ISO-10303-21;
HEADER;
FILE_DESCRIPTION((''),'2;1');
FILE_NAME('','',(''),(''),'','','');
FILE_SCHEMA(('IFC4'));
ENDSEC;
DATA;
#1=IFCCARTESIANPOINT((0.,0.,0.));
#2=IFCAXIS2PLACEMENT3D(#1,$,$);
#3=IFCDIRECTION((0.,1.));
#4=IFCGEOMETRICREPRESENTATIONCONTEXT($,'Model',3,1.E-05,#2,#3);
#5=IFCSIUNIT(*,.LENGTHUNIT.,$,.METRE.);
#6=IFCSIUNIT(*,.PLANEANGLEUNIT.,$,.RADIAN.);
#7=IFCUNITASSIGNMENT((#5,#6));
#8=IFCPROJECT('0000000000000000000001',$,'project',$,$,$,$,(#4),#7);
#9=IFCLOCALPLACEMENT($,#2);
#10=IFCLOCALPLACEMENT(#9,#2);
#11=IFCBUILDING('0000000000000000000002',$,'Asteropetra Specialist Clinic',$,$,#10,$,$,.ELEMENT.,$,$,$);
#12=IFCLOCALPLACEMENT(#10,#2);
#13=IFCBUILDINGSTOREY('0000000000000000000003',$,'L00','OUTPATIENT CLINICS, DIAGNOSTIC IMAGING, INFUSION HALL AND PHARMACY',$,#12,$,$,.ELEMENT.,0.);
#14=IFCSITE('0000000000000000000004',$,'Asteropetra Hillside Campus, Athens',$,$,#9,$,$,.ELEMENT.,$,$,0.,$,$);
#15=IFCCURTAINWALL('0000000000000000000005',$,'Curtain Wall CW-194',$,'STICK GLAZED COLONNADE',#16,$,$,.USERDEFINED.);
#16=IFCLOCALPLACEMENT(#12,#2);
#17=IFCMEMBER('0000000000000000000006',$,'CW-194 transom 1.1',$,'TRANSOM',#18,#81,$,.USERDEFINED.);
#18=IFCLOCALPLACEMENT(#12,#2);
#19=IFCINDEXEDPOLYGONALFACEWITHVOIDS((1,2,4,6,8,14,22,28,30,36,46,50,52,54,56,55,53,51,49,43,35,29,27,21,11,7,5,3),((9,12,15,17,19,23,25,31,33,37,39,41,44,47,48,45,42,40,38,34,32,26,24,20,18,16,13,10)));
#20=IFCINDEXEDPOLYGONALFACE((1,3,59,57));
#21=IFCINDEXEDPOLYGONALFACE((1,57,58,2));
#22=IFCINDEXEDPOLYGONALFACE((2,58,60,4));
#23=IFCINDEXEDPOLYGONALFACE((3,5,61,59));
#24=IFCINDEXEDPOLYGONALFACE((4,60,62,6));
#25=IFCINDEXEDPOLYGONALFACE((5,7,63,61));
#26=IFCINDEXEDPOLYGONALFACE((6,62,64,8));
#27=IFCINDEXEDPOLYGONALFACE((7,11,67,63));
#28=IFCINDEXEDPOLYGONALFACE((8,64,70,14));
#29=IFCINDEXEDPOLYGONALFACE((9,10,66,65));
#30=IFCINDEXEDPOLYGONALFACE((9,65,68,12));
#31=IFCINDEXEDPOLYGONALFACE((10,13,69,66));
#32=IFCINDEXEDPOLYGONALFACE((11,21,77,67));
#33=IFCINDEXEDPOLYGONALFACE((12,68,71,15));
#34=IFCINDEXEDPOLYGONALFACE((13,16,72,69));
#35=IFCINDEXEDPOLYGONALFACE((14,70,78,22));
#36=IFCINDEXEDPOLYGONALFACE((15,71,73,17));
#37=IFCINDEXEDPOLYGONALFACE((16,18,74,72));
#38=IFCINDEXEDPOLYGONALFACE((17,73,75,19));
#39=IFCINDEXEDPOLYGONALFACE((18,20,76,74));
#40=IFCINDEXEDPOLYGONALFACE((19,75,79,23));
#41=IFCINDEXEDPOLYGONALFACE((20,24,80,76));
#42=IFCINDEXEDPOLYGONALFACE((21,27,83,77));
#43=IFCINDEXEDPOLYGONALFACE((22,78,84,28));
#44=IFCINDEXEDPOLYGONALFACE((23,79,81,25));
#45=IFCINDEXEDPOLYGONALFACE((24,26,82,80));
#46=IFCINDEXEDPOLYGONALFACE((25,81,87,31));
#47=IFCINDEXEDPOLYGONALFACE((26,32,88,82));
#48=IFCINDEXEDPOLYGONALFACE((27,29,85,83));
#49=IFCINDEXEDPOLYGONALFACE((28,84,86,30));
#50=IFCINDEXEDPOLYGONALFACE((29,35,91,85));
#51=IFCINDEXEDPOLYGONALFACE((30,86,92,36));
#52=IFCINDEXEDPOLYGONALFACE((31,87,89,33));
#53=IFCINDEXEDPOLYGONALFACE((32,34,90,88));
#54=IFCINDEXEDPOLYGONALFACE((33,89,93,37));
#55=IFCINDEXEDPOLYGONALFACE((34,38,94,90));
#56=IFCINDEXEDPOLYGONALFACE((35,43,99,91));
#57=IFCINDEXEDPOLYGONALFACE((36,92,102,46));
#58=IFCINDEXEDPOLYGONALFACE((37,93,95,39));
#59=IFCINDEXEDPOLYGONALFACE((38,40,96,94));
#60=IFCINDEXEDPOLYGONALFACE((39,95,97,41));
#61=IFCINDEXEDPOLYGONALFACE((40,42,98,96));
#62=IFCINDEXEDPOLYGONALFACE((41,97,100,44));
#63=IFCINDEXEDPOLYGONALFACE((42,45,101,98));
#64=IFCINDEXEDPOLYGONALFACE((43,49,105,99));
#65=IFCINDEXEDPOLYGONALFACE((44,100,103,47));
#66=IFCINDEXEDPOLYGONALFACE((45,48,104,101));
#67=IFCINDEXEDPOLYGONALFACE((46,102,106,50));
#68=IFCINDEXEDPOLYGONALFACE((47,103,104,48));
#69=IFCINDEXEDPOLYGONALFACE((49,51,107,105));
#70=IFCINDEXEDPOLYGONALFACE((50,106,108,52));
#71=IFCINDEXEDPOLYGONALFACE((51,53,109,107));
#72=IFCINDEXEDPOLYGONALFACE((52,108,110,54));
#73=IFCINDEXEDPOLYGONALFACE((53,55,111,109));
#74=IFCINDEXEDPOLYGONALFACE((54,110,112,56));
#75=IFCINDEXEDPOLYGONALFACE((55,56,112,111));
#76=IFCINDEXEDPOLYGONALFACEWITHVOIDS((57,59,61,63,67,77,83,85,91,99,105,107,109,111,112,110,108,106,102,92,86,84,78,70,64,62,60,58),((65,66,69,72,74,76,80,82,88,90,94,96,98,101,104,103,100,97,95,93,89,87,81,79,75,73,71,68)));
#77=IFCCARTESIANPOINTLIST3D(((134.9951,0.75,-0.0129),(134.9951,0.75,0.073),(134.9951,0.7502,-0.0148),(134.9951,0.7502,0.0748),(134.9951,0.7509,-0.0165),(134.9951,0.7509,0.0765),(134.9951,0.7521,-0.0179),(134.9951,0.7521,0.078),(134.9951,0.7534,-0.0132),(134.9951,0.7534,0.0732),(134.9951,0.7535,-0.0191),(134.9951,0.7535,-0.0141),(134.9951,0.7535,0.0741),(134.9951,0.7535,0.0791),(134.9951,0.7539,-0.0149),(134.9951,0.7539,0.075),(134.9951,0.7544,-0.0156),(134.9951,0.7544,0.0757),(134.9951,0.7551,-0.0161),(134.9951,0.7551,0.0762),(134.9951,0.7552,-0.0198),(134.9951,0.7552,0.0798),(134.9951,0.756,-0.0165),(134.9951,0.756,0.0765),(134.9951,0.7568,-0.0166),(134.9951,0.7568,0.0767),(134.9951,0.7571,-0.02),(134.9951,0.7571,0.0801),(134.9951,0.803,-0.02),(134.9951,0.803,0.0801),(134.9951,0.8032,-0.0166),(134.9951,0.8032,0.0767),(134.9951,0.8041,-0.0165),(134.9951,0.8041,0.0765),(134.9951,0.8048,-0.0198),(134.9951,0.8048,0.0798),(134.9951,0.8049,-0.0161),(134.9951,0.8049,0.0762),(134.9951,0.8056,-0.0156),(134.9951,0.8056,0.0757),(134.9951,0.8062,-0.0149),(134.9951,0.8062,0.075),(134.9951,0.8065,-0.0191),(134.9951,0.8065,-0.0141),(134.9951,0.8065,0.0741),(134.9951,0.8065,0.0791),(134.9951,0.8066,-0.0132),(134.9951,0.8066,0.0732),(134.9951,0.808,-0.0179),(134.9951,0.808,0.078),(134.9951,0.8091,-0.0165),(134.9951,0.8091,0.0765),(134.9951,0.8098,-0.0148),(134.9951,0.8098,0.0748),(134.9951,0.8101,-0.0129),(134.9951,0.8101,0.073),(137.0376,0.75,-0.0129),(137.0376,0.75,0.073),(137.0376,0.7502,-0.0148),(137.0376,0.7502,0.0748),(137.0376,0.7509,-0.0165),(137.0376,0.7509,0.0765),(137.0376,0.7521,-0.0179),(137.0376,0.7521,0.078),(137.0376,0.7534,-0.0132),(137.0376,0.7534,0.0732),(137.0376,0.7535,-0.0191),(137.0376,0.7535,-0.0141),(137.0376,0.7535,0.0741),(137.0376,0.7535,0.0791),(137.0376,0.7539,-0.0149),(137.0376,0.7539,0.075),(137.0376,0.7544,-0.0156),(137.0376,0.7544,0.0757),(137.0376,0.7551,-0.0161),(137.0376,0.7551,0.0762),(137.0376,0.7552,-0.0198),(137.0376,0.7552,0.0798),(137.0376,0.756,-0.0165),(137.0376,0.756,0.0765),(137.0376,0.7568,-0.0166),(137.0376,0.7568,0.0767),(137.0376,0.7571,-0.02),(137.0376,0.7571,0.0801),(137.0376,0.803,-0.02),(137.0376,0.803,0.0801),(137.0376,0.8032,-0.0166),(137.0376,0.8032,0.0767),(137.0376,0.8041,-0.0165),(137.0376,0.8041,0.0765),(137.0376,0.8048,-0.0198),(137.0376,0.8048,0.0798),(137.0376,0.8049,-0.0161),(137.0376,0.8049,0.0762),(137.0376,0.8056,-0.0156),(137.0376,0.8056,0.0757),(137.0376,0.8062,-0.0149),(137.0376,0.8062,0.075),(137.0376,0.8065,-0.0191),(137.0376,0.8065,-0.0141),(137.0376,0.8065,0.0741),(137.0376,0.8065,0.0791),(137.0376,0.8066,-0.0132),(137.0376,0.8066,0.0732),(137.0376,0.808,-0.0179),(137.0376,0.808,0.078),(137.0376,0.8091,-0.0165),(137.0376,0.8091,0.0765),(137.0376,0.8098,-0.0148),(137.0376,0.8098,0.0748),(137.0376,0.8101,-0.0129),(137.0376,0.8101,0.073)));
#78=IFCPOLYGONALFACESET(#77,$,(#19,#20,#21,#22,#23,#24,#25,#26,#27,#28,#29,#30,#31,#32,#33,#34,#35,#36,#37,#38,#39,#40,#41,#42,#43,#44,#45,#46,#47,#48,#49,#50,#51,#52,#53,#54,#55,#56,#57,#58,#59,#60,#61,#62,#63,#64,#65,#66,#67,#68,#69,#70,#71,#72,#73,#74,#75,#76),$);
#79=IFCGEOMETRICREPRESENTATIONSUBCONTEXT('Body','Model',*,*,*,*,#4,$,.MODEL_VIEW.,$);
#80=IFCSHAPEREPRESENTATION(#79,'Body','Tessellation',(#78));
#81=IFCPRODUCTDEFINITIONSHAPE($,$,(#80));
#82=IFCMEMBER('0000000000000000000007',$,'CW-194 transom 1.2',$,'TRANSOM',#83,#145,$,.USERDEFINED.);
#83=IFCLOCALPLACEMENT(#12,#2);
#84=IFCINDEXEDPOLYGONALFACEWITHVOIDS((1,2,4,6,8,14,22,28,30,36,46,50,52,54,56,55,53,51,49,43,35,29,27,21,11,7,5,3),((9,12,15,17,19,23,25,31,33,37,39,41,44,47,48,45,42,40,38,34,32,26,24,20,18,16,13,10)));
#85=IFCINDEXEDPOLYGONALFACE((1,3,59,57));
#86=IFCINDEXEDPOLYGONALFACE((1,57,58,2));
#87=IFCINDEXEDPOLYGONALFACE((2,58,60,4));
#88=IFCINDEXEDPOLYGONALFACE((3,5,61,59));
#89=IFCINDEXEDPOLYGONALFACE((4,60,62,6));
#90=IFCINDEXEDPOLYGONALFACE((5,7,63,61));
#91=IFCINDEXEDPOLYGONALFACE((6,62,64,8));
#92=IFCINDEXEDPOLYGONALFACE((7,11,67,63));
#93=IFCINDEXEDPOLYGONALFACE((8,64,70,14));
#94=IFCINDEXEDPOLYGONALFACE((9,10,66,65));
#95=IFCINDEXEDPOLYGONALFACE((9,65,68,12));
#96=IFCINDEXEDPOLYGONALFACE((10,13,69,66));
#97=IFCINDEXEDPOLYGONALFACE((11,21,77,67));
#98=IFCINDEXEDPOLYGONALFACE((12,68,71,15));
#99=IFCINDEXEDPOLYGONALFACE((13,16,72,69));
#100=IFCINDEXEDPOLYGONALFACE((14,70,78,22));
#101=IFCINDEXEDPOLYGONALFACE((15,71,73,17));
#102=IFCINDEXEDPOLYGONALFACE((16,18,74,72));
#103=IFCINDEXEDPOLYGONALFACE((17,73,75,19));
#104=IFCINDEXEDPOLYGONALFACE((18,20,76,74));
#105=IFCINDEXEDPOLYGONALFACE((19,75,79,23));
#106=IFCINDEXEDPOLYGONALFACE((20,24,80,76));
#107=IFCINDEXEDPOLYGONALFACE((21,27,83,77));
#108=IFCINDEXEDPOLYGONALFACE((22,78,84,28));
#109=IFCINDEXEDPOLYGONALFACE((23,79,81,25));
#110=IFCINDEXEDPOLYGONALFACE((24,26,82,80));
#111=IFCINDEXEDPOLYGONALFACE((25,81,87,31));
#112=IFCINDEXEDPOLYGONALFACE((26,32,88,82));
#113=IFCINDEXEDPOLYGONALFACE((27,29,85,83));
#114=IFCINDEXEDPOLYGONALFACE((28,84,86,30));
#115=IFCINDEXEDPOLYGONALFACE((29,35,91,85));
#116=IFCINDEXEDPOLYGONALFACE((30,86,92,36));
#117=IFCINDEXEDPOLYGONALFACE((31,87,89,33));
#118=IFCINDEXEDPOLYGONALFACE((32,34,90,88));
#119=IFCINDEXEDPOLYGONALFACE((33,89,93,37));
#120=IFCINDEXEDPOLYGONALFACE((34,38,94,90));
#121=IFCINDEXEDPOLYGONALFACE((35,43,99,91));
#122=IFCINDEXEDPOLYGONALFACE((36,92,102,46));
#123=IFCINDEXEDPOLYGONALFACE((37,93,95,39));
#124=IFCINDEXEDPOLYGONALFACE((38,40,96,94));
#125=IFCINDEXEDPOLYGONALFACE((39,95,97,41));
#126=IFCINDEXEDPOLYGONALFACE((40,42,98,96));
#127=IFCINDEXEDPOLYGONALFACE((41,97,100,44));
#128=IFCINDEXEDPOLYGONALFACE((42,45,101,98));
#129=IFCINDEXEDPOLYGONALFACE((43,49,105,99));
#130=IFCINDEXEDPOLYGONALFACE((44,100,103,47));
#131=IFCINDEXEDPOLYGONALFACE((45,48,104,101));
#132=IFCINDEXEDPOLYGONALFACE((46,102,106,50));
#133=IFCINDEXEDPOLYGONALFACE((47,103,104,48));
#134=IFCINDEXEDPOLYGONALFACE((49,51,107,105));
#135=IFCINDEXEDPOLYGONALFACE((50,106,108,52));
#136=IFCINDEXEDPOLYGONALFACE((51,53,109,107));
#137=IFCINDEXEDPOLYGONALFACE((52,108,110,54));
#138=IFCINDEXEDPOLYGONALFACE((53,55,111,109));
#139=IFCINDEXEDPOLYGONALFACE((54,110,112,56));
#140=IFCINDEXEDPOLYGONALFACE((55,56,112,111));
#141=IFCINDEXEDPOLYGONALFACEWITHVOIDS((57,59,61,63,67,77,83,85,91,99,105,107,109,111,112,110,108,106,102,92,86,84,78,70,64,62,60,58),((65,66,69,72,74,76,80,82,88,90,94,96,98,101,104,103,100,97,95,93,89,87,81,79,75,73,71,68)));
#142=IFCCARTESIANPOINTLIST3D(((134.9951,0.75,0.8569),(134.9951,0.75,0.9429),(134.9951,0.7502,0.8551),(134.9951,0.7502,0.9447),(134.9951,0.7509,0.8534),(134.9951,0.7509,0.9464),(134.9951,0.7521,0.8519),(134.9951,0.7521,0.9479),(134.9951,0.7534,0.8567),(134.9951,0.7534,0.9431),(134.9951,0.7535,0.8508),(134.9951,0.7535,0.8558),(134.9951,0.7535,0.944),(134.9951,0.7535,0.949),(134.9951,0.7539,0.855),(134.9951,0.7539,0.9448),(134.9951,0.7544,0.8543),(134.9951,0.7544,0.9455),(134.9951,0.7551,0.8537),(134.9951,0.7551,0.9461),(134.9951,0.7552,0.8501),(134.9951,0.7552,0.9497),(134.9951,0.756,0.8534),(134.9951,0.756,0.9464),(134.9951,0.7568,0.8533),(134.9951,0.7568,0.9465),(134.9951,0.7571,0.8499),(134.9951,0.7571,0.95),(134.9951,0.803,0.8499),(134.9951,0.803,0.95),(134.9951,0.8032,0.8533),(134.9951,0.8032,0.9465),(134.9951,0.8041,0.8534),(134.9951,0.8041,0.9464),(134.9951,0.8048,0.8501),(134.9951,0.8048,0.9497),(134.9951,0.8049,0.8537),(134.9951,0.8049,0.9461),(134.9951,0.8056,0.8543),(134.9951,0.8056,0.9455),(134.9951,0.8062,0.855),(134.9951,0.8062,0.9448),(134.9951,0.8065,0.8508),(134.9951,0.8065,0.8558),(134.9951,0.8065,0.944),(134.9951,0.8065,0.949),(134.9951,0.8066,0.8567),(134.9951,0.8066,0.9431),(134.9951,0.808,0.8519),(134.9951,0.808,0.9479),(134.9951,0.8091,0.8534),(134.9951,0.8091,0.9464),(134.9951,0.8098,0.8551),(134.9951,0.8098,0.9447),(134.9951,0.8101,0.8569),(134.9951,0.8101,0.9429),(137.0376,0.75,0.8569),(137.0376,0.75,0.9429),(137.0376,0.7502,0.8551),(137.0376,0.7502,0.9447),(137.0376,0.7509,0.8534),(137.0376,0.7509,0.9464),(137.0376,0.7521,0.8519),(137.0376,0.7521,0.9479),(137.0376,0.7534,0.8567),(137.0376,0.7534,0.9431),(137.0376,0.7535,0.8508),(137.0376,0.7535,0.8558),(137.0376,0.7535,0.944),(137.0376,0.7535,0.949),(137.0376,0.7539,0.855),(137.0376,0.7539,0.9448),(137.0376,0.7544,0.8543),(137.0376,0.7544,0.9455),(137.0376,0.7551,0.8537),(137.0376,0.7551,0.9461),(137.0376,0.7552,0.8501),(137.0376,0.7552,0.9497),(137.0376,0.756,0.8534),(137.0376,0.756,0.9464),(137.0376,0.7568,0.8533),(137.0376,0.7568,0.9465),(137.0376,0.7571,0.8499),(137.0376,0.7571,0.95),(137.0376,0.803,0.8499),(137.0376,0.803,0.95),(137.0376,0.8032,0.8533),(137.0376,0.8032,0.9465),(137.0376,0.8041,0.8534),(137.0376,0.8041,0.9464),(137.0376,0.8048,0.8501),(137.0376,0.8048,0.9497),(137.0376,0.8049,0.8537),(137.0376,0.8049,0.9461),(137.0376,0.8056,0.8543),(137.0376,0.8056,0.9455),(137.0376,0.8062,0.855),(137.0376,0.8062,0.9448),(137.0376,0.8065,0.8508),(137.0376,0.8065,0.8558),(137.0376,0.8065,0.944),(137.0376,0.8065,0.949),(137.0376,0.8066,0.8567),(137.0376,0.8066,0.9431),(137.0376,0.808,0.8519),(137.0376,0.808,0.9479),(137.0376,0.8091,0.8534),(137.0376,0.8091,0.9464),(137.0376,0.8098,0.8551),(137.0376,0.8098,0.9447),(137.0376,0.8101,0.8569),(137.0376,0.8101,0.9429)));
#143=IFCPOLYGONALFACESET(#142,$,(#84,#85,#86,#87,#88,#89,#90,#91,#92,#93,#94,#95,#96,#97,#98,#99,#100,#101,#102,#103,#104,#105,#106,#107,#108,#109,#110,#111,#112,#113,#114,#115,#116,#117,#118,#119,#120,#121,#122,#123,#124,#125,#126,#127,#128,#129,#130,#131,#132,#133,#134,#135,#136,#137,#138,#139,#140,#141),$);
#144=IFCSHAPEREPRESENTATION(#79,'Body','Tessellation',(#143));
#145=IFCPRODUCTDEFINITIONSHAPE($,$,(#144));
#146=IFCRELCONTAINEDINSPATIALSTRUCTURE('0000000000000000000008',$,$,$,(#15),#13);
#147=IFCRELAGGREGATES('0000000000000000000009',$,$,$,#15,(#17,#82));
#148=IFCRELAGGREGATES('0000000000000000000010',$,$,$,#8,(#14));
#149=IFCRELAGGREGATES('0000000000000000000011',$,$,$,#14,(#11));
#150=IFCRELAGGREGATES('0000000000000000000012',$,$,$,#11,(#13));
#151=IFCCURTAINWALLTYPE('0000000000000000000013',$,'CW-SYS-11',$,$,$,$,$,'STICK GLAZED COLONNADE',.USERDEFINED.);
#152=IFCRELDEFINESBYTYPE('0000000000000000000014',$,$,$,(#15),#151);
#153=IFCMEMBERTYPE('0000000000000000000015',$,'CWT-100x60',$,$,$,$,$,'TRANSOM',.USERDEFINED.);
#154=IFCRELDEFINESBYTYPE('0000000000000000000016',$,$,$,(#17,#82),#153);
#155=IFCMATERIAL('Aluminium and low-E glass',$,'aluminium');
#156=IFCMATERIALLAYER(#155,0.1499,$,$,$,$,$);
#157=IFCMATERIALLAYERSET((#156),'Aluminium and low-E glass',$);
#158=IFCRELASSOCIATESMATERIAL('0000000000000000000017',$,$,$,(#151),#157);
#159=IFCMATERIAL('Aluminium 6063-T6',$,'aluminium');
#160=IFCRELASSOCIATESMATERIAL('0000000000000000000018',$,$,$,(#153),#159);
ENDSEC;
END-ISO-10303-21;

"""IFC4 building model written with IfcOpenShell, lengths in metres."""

from ifc_helpers import new_model, si_unit, direction, frame, origin, origin_2d, place, context, subcontext, project, spatial, hollow_rectangle, extrude, material, layer, layer_set, material_profile, profile_set, type_object, element, aggregate, save


model = new_model("IFC4")

# Units and contexts
model_context = context("Model", 3, precision=1e-05, world=origin(), true_north=direction((0.0, 1.0)))
body_context = subcontext(model_context, "Body", "Model", "MODEL_VIEW")
ifc_project = project(units=[si_unit("LENGTHUNIT", "METRE"), si_unit("PLANEANGLEUNIT", "RADIAN")], contexts=[model_context])

# Site, building, storey
site_placement = place(None, origin())
site = spatial("IfcSite", under=ifc_project, at=site_placement, Name="Asteropetra Hillside Campus, Athens", CompositionType="ELEMENT", RefElevation=0.0)
building_placement = place(site_placement, origin())
building = spatial("IfcBuilding", under=site, at=building_placement, Name="Asteropetra Specialist Clinic", CompositionType="ELEMENT")
storey_placement = place(building_placement, origin())
storey = spatial("IfcBuildingStorey", under=building, at=storey_placement, Name="L00", Description="OUTPATIENT CLINICS, DIAGNOSTIC IMAGING, INFUSION HALL AND PHARMACY", CompositionType="ELEMENT", Elevation=0.0)

# Curtain wall
ifc_material_1 = material(Name="Aluminium and low-E glass", Category="aluminium")
ifc_layer_1 = layer(ifc_material_1, 0.1499)
ifc_layer_set_1 = layer_set([ifc_layer_1], Name="Aluminium and low-E glass")
curtain_wall_type_1 = type_object("IfcCurtainWallType", Name="CW-SYS-11", ElementType="STICK GLAZED COLONNADE", PredefinedType="USERDEFINED", material=ifc_layer_set_1)
curtain_wall_1_placement = place(storey_placement, origin())
curtain_wall_1 = element("IfcCurtainWall", 1, at=curtain_wall_1_placement, inside=storey, type_object=curtain_wall_type_1, Name="Curtain Wall CW-194", ObjectType="STICK GLAZED COLONNADE", PredefinedType="USERDEFINED")

# Members
ifc_material_2 = material(Name="Aluminium 6063-T6", Category="aluminium")
ifc_material_profile_1 = material_profile(ifc_material_2, hollow_rectangle(XDim=0.0601, YDim=0.1001, WallThickness=0.0034, InnerFilletRadius=0.0034, OuterFilletRadius=0.0071, at=origin_2d()), Name="TRN 100x60x3.5")
ifc_profile_set_1 = profile_set([ifc_material_profile_1], Name="Aluminium 6063-T6")
member_type_1 = type_object("IfcMemberType", Name="CWT-100x60", ElementType="TRANSOM", PredefinedType="USERDEFINED", material=ifc_profile_set_1)
member_1_placement = place(storey_placement, frame((134.9951, 0.78, 0.03), z_axis=(1.0, 0.0, 0.0), x_axis=(0.0, 1.0, 0.0)))
member_1 = element("IfcMember", 2, at=member_1_placement, type_object=member_type_1, Name="CW-194 transom 1.1", ObjectType="TRANSOM", PredefinedType="USERDEFINED", context=body_context, shape_type="SweptSolid", body=[
    extrude(hollow_rectangle(XDim=0.0601, YDim=0.1001, WallThickness=0.0034, InnerFilletRadius=0.0034, OuterFilletRadius=0.0071, at=origin_2d()), origin(), (0.0, 0.0, 1.0), 2.0425),
])
member_2_placement = place(storey_placement, frame((134.9951, 0.78, 0.8999), z_axis=(1.0, 0.0, 0.0), x_axis=(0.0, 1.0, 0.0)))
member_2 = element("IfcMember", 3, at=member_2_placement, type_object=member_type_1, Name="CW-194 transom 1.2", ObjectType="TRANSOM", PredefinedType="USERDEFINED", context=body_context, shape_type="SweptSolid", body=[
    extrude(hollow_rectangle(XDim=0.0601, YDim=0.1001, WallThickness=0.0034, InnerFilletRadius=0.0034, OuterFilletRadius=0.0071, at=origin_2d()), origin(), (0.0, 0.0, 1.0), 2.0425),
])

aggregate(curtain_wall_1, [member_1, member_2])

save(model, "model.ifc")
